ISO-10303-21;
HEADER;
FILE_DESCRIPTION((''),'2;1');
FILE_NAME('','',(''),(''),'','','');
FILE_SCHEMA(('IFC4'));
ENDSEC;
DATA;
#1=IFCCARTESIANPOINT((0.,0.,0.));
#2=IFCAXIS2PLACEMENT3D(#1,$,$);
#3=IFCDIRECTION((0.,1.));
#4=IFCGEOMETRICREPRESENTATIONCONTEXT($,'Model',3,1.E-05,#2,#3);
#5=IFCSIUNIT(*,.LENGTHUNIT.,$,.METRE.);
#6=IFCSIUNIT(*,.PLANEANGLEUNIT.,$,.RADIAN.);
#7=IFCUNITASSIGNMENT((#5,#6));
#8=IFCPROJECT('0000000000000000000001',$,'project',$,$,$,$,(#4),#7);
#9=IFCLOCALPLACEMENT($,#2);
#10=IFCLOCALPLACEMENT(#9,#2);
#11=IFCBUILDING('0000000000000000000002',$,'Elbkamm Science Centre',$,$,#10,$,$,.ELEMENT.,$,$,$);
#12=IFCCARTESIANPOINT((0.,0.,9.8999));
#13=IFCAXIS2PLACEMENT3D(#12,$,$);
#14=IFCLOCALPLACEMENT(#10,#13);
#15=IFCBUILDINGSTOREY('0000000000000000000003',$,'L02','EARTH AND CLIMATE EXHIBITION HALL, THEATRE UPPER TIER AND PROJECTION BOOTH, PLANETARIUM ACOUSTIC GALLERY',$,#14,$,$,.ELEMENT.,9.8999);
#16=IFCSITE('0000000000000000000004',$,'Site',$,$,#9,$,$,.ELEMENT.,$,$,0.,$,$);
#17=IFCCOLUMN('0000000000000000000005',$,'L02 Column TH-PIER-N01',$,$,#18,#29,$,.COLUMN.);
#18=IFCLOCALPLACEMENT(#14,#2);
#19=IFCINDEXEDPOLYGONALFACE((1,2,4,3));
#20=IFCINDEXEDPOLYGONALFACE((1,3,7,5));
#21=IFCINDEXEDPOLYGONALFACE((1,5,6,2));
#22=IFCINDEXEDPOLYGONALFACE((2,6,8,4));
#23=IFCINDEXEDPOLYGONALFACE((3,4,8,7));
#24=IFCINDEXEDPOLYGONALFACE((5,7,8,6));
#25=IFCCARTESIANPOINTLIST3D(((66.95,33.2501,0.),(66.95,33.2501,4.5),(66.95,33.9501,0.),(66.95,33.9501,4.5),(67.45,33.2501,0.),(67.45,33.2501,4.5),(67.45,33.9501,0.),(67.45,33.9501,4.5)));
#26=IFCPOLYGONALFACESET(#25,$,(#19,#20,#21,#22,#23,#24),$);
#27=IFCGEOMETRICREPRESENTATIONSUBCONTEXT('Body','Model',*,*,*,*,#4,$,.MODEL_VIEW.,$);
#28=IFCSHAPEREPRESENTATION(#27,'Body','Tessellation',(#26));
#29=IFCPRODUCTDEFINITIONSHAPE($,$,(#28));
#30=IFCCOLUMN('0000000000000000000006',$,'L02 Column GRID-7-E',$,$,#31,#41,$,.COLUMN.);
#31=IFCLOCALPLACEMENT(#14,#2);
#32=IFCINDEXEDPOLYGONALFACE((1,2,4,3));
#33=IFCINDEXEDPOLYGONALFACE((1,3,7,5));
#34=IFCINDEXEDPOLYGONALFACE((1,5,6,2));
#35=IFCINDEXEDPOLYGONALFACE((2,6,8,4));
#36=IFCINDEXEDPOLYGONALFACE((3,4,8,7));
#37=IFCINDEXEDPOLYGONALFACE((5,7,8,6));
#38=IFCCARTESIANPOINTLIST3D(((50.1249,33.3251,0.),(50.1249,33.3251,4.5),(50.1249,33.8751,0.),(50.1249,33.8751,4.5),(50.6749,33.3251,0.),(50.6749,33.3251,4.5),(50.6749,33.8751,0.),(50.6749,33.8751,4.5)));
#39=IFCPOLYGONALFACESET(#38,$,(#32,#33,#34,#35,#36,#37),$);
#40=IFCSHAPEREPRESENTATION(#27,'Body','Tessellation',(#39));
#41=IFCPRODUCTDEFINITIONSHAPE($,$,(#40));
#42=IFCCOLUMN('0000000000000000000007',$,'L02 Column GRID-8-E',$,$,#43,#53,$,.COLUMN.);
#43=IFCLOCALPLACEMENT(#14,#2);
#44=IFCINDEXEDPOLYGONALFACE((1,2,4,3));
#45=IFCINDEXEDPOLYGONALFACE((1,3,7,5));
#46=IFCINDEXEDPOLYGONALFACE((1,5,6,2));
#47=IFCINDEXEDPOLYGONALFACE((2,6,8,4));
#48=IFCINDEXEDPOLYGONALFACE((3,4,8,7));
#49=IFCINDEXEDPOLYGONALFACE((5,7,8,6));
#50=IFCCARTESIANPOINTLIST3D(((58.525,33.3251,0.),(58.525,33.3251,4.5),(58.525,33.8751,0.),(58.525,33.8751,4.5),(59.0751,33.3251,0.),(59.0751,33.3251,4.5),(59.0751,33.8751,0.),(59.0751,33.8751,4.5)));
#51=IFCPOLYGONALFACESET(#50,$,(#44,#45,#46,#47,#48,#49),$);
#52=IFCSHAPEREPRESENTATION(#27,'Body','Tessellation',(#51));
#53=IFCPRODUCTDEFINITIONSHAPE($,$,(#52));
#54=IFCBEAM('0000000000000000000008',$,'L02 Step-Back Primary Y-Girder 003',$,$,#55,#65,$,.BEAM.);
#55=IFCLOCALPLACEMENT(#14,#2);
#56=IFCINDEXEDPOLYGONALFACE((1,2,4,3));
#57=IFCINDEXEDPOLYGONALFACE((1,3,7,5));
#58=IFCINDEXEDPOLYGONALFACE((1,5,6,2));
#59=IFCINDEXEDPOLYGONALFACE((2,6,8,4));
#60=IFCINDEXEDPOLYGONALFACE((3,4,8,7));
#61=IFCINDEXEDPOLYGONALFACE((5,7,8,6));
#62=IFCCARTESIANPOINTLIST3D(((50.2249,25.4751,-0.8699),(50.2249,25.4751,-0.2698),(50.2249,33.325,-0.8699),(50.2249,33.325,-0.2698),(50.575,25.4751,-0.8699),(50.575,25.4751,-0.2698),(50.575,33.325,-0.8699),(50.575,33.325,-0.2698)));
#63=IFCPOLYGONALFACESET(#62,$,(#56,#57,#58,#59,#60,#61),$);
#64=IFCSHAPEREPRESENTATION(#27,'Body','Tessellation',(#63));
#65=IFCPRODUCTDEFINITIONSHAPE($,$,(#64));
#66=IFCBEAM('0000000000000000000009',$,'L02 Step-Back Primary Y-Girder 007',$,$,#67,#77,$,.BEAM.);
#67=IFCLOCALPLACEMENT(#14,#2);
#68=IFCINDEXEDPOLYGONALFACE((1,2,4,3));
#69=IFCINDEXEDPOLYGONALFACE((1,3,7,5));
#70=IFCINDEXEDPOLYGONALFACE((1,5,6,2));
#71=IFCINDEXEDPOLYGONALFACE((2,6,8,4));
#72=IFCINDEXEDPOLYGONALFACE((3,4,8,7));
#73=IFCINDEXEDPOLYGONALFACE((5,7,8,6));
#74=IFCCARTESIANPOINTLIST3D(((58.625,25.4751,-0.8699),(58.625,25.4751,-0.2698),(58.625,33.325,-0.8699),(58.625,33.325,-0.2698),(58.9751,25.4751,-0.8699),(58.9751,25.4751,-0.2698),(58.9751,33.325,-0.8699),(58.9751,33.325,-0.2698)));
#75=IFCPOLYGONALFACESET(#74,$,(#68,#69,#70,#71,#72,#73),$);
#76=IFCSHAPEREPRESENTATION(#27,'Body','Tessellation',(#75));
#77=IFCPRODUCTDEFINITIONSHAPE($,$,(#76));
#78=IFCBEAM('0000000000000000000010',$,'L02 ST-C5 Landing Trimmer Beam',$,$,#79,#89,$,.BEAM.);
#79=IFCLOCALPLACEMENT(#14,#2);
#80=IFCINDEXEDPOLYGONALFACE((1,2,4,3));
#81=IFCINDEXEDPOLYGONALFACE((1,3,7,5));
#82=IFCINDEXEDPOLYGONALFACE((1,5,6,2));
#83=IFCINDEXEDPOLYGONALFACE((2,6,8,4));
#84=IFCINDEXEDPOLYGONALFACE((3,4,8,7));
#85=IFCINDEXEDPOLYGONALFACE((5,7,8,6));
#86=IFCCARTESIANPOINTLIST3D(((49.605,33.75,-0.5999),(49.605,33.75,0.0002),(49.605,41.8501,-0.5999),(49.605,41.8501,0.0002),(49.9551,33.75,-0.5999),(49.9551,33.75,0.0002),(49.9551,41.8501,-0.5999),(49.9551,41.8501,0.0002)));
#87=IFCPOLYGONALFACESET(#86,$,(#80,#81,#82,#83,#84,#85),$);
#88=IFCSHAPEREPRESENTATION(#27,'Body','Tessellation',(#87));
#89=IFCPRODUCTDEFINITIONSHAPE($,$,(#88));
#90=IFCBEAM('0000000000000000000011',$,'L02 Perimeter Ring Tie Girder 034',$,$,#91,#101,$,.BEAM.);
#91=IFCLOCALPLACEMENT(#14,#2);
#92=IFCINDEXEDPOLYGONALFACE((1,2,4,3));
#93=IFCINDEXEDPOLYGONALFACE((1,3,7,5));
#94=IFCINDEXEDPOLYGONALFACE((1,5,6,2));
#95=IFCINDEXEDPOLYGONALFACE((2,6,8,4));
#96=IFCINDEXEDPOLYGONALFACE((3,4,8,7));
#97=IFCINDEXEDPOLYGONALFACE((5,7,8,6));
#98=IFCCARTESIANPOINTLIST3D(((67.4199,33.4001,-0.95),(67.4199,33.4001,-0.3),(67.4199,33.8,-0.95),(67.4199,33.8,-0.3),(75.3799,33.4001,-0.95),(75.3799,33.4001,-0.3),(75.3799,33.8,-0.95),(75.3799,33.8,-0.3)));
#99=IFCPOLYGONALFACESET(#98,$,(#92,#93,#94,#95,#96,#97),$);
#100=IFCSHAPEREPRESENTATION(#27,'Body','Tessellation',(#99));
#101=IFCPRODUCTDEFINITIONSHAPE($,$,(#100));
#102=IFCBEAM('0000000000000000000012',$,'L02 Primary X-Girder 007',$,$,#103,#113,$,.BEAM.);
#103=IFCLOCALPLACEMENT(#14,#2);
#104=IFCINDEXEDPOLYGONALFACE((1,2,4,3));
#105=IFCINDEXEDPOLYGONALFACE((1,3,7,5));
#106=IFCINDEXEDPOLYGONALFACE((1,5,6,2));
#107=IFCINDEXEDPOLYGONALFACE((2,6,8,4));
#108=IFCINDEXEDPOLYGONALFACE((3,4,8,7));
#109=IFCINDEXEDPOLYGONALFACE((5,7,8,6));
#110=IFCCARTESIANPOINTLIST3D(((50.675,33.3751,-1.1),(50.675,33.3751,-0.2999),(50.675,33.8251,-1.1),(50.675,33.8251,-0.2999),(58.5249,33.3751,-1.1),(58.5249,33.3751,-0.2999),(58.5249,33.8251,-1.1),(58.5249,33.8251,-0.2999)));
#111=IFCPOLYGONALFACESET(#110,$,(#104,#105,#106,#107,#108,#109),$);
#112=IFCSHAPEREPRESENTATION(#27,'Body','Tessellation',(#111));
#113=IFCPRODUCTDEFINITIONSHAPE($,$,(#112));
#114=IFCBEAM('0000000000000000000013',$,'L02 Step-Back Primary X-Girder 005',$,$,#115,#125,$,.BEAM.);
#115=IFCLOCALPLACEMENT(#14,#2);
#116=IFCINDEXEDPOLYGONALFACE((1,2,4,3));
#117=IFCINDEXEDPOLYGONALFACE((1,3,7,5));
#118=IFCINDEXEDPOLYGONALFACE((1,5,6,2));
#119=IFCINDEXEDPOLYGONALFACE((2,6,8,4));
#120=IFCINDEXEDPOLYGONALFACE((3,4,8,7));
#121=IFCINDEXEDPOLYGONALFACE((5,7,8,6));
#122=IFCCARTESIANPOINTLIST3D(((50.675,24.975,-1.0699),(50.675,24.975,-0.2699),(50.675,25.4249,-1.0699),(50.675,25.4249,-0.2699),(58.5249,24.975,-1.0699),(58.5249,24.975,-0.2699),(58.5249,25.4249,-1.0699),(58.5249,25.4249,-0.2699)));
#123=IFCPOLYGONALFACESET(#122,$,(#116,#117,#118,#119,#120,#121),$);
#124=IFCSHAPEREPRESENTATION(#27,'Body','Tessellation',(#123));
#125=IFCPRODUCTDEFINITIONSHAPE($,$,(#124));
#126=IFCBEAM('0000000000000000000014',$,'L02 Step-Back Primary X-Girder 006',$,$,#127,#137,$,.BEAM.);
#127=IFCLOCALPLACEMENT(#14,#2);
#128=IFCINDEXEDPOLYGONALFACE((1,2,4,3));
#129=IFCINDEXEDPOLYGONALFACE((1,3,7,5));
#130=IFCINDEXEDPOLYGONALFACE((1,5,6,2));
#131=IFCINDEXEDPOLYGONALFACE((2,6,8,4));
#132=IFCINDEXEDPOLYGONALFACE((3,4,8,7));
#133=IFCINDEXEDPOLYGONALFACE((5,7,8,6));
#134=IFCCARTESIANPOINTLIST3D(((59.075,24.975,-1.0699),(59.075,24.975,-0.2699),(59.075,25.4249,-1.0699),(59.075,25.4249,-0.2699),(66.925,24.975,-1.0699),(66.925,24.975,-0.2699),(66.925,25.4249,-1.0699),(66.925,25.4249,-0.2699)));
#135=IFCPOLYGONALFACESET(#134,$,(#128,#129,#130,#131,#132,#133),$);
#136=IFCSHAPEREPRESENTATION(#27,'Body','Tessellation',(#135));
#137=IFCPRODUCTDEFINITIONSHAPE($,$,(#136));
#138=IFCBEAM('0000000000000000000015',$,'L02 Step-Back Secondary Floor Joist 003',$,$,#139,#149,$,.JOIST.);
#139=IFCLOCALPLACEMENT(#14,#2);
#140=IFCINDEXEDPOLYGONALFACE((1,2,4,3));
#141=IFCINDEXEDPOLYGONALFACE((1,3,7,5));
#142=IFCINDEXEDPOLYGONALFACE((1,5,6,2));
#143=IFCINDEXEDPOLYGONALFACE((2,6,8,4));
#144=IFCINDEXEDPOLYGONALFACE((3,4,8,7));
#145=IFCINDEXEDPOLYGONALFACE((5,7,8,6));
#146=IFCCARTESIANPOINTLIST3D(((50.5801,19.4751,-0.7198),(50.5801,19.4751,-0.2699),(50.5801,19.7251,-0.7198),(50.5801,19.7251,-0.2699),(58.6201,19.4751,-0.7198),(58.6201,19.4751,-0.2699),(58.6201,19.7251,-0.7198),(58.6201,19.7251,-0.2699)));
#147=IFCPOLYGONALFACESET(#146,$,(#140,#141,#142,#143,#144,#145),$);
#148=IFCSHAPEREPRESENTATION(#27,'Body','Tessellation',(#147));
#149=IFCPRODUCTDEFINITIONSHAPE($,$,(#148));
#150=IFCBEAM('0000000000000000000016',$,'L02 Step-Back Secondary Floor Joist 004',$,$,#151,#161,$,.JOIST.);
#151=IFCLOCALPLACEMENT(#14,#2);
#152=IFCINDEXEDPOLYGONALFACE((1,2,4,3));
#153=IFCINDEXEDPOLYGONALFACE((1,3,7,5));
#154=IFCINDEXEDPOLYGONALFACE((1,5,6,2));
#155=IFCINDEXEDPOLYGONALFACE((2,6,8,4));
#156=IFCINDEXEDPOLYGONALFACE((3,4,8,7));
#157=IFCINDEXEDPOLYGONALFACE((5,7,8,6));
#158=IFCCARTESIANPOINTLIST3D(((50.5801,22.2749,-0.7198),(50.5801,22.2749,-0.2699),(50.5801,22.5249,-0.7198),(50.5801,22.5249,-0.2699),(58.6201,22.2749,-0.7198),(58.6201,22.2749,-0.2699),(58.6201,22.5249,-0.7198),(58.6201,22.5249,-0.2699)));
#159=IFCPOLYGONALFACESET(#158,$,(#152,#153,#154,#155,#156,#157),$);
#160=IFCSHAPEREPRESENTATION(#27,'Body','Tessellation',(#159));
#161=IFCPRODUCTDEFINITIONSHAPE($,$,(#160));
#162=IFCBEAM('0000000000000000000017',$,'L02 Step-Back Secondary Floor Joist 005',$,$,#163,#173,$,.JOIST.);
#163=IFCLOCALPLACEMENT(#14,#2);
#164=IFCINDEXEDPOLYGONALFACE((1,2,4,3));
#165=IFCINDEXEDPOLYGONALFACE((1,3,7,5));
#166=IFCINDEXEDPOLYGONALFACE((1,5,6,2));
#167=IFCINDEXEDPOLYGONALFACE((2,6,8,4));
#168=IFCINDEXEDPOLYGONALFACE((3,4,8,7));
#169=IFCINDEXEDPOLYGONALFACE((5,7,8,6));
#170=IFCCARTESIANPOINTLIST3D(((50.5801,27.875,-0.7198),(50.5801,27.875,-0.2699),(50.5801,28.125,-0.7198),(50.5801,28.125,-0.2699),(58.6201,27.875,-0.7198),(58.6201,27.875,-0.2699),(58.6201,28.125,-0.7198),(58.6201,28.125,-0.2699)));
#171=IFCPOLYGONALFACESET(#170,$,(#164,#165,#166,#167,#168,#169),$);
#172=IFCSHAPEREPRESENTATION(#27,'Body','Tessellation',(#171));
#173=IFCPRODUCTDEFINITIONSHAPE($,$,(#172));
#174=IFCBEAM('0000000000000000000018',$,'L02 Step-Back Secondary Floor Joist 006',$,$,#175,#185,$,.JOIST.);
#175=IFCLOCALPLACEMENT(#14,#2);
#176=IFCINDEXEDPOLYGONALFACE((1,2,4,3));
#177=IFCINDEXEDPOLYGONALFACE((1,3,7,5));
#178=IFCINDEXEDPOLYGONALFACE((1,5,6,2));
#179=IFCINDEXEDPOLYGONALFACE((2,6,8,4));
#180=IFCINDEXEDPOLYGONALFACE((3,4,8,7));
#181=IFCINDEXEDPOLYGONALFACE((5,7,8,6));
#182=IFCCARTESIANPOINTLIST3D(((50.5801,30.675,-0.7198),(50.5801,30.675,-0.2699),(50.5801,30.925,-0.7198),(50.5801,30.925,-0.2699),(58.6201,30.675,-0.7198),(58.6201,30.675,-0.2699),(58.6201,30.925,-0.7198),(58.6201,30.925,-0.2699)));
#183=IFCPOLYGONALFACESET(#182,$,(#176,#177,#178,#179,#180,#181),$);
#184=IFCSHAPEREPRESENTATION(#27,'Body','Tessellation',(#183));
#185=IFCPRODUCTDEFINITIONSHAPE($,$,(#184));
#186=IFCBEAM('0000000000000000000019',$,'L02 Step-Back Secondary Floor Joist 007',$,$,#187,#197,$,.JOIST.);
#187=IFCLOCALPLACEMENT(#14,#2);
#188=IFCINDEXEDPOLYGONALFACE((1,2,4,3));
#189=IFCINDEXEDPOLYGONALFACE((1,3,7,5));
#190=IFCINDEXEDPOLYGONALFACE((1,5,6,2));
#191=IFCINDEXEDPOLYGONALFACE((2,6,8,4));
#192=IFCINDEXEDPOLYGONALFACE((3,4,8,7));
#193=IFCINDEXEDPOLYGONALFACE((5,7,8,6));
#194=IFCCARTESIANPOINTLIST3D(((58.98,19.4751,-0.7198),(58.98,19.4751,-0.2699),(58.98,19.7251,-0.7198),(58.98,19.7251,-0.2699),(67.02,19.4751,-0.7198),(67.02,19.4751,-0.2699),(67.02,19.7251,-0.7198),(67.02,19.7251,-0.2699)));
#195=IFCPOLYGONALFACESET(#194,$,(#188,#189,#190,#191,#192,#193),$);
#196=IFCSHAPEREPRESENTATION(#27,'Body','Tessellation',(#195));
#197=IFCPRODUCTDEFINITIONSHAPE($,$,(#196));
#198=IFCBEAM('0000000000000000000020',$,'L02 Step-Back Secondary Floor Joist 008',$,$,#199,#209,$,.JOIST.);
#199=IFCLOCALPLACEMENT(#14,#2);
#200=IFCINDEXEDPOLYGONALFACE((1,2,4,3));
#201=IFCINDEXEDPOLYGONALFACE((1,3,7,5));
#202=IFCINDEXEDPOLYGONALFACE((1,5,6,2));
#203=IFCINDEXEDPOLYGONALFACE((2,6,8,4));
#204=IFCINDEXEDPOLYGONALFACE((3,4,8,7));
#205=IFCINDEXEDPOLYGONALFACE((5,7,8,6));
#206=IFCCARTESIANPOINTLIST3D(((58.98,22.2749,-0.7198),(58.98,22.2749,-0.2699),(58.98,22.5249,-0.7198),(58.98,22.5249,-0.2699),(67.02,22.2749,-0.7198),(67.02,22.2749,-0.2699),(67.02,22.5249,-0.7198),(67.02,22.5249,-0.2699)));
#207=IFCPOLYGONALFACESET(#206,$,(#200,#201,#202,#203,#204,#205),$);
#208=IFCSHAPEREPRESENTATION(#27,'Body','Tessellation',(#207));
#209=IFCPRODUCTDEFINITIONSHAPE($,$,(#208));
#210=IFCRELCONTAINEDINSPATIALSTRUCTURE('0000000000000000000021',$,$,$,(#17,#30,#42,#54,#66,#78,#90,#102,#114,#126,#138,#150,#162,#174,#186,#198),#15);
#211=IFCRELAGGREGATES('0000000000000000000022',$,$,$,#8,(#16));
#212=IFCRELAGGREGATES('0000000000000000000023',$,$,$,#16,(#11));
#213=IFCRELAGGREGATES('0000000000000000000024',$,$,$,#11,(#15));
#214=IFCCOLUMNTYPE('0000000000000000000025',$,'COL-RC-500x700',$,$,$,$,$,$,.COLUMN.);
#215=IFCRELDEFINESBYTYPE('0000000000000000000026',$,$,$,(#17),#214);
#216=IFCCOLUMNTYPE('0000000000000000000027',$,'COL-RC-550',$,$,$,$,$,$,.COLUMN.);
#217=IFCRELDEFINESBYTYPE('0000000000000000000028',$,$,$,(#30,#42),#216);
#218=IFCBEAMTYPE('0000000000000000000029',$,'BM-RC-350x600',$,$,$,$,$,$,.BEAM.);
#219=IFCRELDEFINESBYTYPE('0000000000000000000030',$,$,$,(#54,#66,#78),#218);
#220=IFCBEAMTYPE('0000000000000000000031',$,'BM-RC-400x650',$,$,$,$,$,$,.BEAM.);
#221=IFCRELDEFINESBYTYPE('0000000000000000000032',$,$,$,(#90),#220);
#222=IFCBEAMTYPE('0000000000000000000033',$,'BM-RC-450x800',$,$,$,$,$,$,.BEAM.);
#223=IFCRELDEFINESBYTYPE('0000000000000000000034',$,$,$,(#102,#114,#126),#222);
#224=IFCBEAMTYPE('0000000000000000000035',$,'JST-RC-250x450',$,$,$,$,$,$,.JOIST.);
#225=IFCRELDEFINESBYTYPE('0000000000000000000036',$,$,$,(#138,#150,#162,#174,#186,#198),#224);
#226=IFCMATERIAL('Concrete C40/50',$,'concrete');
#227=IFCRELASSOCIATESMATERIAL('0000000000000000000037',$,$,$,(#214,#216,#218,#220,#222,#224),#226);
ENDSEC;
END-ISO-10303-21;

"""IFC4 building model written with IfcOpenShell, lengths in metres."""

from ifc_helpers import new_model, si_unit, direction, frame, origin, origin_2d, place, context, subcontext, project, spatial, rectangle, extrude, material, material_profile, profile_set, type_object, element, save


model = new_model("IFC4")

# Units and contexts
model_context = context("Model", 3, precision=1e-05, world=origin(), true_north=direction((0.0, 1.0)))
body_context = subcontext(model_context, "Body", "Model", "MODEL_VIEW")
ifc_project = project(units=[si_unit("LENGTHUNIT", "METRE"), si_unit("PLANEANGLEUNIT", "RADIAN")], contexts=[model_context])

# Site, building, storey
site_placement = place(None, origin())
site = spatial("IfcSite", under=ifc_project, at=site_placement, Name="Site", CompositionType="ELEMENT", RefElevation=0.0)
building_placement = place(site_placement, origin())
building = spatial("IfcBuilding", under=site, at=building_placement, Name="Elbkamm Science Centre", CompositionType="ELEMENT")
storey_placement = place(building_placement, frame((0.0, 0.0, 9.8999)))
storey = spatial("IfcBuildingStorey", under=building, at=storey_placement, Name="L02", Description="EARTH AND CLIMATE EXHIBITION HALL, THEATRE UPPER TIER AND PROJECTION BOOTH, PLANETARIUM ACOUSTIC GALLERY", CompositionType="ELEMENT", Elevation=9.8999)

# Columns
ifc_material_1 = material(Name="Concrete C40/50", Category="concrete")
ifc_material_profile_1 = material_profile(ifc_material_1, rectangle(XDim=0.5, YDim=0.7, at=origin_2d()), Name="RC 500x700")
ifc_profile_set_1 = profile_set([ifc_material_profile_1], Name="Concrete C40/50")
column_type_1 = type_object("IfcColumnType", Name="COL-RC-500x700", PredefinedType="COLUMN", material=ifc_profile_set_1)
column_placement = place(storey_placement, frame((67.2, 33.6001, 0.0), z_axis=(0.0, 0.0, 1.0), x_axis=(1.0, 0.0, 0.0)))
element("IfcColumn", 1, at=column_placement, inside=storey, type_object=column_type_1, Name="L02 Column TH-PIER-N01", PredefinedType="COLUMN", context=body_context, shape_type="SweptSolid", body=[
    extrude(rectangle(XDim=0.5, YDim=0.7, at=origin_2d()), origin(), (0.0, 0.0, 1.0), 4.5),
])
ifc_material_profile_2 = material_profile(ifc_material_1, rectangle(XDim=0.55, YDim=0.55, at=origin_2d()), Name="RC 550x550")
ifc_profile_set_2 = profile_set([ifc_material_profile_2], Name="Concrete C40/50")
column_type_2 = type_object("IfcColumnType", Name="COL-RC-550", PredefinedType="COLUMN", material=ifc_profile_set_2)
for number, where, z_axis, x_axis, name in (
    (2, (50.3999, 33.6001, 0.0), (0.0, 0.0, 1.0), (1.0, 0.0, 0.0), "L02 Column GRID-7-E"),
    (3, (58.8, 33.6001, 0.0), (0.0, 0.0, 1.0), (1.0, 0.0, 0.0), "L02 Column GRID-8-E"),
):
    element("IfcColumn", number, at=place(storey_placement, frame(where, z_axis=z_axis, x_axis=x_axis)), inside=storey, type_object=column_type_2, Name=name, PredefinedType="COLUMN", context=body_context, shape_type="SweptSolid", body=[
        extrude(rectangle(XDim=0.55, YDim=0.55, at=origin_2d()), origin(), (0.0, 0.0, 1.0), 4.5),
    ])

# Beams
ifc_material_profile_3 = material_profile(ifc_material_1, rectangle(XDim=0.3501, YDim=0.6001, at=origin_2d()), Name="RC 350x600")
ifc_profile_set_3 = profile_set([ifc_material_profile_3], Name="Concrete C40/50")
beam_type_1 = type_object("IfcBeamType", Name="BM-RC-350x600", PredefinedType="BEAM", material=ifc_profile_set_3)
for number, where, z_axis, x_axis, name in (
    (4, (50.3999, 25.4751, -0.5698), (0.0, 1.0, 0.0), (-1.0, 0.0, 0.0), "L02 Step-Back Primary Y-Girder 003"),
    (5, (58.8, 25.4751, -0.5698), (0.0, 1.0, 0.0), (-1.0, 0.0, 0.0), "L02 Step-Back Primary Y-Girder 007"),
):
    element("IfcBeam", number, at=place(storey_placement, frame(where, z_axis=z_axis, x_axis=x_axis)), inside=storey, type_object=beam_type_1, Name=name, PredefinedType="BEAM", context=body_context, shape_type="SweptSolid", body=[
        extrude(rectangle(XDim=0.3501, YDim=0.6001, at=origin_2d()), origin(), (0.0, 0.0, 1.0), 7.8499),
    ])
beam_1_placement = place(storey_placement, frame((49.78, 33.75, -0.2998), z_axis=(0.0, 1.0, 0.0), x_axis=(-1.0, 0.0, 0.0)))
element("IfcBeam", 6, at=beam_1_placement, inside=storey, type_object=beam_type_1, Name="L02 ST-C5 Landing Trimmer Beam", PredefinedType="BEAM", context=body_context, shape_type="SweptSolid", body=[
    extrude(rectangle(XDim=0.3501, YDim=0.6001, at=origin_2d()), origin(), (0.0, 0.0, 1.0), 8.1001),
])
ifc_material_profile_4 = material_profile(ifc_material_1, rectangle(XDim=0.3999, YDim=0.6499, at=origin_2d()), Name="RC 400x650")
ifc_profile_set_4 = profile_set([ifc_material_profile_4], Name="Concrete C40/50")
beam_type_2 = type_object("IfcBeamType", Name="BM-RC-400x650", PredefinedType="BEAM", material=ifc_profile_set_4)
beam_2_placement = place(storey_placement, frame((67.4199, 33.6001, -0.625), z_axis=(1.0, 0.0, 0.0), x_axis=(0.0, 1.0, 0.0)))
element("IfcBeam", 7, at=beam_2_placement, inside=storey, type_object=beam_type_2, Name="L02 Perimeter Ring Tie Girder 034", PredefinedType="BEAM", context=body_context, shape_type="SweptSolid", body=[
    extrude(rectangle(XDim=0.3999, YDim=0.6499, at=origin_2d()), origin(), (0.0, 0.0, 1.0), 7.96),
])
ifc_material_profile_5 = material_profile(ifc_material_1, rectangle(XDim=0.45, YDim=0.8, at=origin_2d()), Name="RC 450x800")
ifc_profile_set_5 = profile_set([ifc_material_profile_5], Name="Concrete C40/50")
beam_type_3 = type_object("IfcBeamType", Name="BM-RC-450x800", PredefinedType="BEAM", material=ifc_profile_set_5)
for number, where, z_axis, x_axis, name in (
    (8, (50.675, 33.6001, -0.7), (1.0, 0.0, 0.0), (0.0, 1.0, 0.0), "L02 Primary X-Girder 007"),
    (9, (50.675, 25.2, -0.6699), (1.0, 0.0, 0.0), (0.0, 1.0, 0.0), "L02 Step-Back Primary X-Girder 005"),
):
    element("IfcBeam", number, at=place(storey_placement, frame(where, z_axis=z_axis, x_axis=x_axis)), inside=storey, type_object=beam_type_3, Name=name, PredefinedType="BEAM", context=body_context, shape_type="SweptSolid", body=[
        extrude(rectangle(XDim=0.45, YDim=0.8, at=origin_2d()), origin(), (0.0, 0.0, 1.0), 7.8499),
    ])
beam_3_placement = place(storey_placement, frame((59.075, 25.2, -0.6699), z_axis=(1.0, 0.0, 0.0), x_axis=(0.0, 1.0, 0.0)))
element("IfcBeam", 10, at=beam_3_placement, inside=storey, type_object=beam_type_3, Name="L02 Step-Back Primary X-Girder 006", PredefinedType="BEAM", context=body_context, shape_type="SweptSolid", body=[
    extrude(rectangle(XDim=0.45, YDim=0.8, at=origin_2d()), origin(), (0.0, 0.0, 1.0), 7.8501),
])
ifc_material_profile_6 = material_profile(ifc_material_1, rectangle(XDim=0.25, YDim=0.45, at=origin_2d()), Name="RC 250x450")
ifc_profile_set_6 = profile_set([ifc_material_profile_6], Name="Concrete C40/50")
beam_type_4 = type_object("IfcBeamType", Name="JST-RC-250x450", PredefinedType="JOIST", material=ifc_profile_set_6)
for number, where, z_axis, x_axis, name in (
    (11, (50.5801, 19.6001, -0.4949), (1.0, 0.0, 0.0), (0.0, 1.0, 0.0), "L02 Step-Back Secondary Floor Joist 003"),
    (12, (50.5801, 22.3999, -0.4949), (1.0, 0.0, 0.0), (0.0, 1.0, 0.0), "L02 Step-Back Secondary Floor Joist 004"),
    (13, (50.5801, 28.0, -0.4949), (1.0, 0.0, 0.0), (0.0, 1.0, 0.0), "L02 Step-Back Secondary Floor Joist 005"),
    (14, (50.5801, 30.8, -0.4949), (1.0, 0.0, 0.0), (0.0, 1.0, 0.0), "L02 Step-Back Secondary Floor Joist 006"),
    (15, (58.98, 19.6001, -0.4949), (1.0, 0.0, 0.0), (0.0, 1.0, 0.0), "L02 Step-Back Secondary Floor Joist 007"),
    (16, (58.98, 22.3999, -0.4949), (1.0, 0.0, 0.0), (0.0, 1.0, 0.0), "L02 Step-Back Secondary Floor Joist 008"),
):
    element("IfcBeam", number, at=place(storey_placement, frame(where, z_axis=z_axis, x_axis=x_axis)), inside=storey, type_object=beam_type_4, Name=name, PredefinedType="JOIST", context=body_context, shape_type="SweptSolid", body=[
        extrude(rectangle(XDim=0.25, YDim=0.45, at=origin_2d()), origin(), (0.0, 0.0, 1.0), 8.04),
    ])

save(model, "model.ifc")
